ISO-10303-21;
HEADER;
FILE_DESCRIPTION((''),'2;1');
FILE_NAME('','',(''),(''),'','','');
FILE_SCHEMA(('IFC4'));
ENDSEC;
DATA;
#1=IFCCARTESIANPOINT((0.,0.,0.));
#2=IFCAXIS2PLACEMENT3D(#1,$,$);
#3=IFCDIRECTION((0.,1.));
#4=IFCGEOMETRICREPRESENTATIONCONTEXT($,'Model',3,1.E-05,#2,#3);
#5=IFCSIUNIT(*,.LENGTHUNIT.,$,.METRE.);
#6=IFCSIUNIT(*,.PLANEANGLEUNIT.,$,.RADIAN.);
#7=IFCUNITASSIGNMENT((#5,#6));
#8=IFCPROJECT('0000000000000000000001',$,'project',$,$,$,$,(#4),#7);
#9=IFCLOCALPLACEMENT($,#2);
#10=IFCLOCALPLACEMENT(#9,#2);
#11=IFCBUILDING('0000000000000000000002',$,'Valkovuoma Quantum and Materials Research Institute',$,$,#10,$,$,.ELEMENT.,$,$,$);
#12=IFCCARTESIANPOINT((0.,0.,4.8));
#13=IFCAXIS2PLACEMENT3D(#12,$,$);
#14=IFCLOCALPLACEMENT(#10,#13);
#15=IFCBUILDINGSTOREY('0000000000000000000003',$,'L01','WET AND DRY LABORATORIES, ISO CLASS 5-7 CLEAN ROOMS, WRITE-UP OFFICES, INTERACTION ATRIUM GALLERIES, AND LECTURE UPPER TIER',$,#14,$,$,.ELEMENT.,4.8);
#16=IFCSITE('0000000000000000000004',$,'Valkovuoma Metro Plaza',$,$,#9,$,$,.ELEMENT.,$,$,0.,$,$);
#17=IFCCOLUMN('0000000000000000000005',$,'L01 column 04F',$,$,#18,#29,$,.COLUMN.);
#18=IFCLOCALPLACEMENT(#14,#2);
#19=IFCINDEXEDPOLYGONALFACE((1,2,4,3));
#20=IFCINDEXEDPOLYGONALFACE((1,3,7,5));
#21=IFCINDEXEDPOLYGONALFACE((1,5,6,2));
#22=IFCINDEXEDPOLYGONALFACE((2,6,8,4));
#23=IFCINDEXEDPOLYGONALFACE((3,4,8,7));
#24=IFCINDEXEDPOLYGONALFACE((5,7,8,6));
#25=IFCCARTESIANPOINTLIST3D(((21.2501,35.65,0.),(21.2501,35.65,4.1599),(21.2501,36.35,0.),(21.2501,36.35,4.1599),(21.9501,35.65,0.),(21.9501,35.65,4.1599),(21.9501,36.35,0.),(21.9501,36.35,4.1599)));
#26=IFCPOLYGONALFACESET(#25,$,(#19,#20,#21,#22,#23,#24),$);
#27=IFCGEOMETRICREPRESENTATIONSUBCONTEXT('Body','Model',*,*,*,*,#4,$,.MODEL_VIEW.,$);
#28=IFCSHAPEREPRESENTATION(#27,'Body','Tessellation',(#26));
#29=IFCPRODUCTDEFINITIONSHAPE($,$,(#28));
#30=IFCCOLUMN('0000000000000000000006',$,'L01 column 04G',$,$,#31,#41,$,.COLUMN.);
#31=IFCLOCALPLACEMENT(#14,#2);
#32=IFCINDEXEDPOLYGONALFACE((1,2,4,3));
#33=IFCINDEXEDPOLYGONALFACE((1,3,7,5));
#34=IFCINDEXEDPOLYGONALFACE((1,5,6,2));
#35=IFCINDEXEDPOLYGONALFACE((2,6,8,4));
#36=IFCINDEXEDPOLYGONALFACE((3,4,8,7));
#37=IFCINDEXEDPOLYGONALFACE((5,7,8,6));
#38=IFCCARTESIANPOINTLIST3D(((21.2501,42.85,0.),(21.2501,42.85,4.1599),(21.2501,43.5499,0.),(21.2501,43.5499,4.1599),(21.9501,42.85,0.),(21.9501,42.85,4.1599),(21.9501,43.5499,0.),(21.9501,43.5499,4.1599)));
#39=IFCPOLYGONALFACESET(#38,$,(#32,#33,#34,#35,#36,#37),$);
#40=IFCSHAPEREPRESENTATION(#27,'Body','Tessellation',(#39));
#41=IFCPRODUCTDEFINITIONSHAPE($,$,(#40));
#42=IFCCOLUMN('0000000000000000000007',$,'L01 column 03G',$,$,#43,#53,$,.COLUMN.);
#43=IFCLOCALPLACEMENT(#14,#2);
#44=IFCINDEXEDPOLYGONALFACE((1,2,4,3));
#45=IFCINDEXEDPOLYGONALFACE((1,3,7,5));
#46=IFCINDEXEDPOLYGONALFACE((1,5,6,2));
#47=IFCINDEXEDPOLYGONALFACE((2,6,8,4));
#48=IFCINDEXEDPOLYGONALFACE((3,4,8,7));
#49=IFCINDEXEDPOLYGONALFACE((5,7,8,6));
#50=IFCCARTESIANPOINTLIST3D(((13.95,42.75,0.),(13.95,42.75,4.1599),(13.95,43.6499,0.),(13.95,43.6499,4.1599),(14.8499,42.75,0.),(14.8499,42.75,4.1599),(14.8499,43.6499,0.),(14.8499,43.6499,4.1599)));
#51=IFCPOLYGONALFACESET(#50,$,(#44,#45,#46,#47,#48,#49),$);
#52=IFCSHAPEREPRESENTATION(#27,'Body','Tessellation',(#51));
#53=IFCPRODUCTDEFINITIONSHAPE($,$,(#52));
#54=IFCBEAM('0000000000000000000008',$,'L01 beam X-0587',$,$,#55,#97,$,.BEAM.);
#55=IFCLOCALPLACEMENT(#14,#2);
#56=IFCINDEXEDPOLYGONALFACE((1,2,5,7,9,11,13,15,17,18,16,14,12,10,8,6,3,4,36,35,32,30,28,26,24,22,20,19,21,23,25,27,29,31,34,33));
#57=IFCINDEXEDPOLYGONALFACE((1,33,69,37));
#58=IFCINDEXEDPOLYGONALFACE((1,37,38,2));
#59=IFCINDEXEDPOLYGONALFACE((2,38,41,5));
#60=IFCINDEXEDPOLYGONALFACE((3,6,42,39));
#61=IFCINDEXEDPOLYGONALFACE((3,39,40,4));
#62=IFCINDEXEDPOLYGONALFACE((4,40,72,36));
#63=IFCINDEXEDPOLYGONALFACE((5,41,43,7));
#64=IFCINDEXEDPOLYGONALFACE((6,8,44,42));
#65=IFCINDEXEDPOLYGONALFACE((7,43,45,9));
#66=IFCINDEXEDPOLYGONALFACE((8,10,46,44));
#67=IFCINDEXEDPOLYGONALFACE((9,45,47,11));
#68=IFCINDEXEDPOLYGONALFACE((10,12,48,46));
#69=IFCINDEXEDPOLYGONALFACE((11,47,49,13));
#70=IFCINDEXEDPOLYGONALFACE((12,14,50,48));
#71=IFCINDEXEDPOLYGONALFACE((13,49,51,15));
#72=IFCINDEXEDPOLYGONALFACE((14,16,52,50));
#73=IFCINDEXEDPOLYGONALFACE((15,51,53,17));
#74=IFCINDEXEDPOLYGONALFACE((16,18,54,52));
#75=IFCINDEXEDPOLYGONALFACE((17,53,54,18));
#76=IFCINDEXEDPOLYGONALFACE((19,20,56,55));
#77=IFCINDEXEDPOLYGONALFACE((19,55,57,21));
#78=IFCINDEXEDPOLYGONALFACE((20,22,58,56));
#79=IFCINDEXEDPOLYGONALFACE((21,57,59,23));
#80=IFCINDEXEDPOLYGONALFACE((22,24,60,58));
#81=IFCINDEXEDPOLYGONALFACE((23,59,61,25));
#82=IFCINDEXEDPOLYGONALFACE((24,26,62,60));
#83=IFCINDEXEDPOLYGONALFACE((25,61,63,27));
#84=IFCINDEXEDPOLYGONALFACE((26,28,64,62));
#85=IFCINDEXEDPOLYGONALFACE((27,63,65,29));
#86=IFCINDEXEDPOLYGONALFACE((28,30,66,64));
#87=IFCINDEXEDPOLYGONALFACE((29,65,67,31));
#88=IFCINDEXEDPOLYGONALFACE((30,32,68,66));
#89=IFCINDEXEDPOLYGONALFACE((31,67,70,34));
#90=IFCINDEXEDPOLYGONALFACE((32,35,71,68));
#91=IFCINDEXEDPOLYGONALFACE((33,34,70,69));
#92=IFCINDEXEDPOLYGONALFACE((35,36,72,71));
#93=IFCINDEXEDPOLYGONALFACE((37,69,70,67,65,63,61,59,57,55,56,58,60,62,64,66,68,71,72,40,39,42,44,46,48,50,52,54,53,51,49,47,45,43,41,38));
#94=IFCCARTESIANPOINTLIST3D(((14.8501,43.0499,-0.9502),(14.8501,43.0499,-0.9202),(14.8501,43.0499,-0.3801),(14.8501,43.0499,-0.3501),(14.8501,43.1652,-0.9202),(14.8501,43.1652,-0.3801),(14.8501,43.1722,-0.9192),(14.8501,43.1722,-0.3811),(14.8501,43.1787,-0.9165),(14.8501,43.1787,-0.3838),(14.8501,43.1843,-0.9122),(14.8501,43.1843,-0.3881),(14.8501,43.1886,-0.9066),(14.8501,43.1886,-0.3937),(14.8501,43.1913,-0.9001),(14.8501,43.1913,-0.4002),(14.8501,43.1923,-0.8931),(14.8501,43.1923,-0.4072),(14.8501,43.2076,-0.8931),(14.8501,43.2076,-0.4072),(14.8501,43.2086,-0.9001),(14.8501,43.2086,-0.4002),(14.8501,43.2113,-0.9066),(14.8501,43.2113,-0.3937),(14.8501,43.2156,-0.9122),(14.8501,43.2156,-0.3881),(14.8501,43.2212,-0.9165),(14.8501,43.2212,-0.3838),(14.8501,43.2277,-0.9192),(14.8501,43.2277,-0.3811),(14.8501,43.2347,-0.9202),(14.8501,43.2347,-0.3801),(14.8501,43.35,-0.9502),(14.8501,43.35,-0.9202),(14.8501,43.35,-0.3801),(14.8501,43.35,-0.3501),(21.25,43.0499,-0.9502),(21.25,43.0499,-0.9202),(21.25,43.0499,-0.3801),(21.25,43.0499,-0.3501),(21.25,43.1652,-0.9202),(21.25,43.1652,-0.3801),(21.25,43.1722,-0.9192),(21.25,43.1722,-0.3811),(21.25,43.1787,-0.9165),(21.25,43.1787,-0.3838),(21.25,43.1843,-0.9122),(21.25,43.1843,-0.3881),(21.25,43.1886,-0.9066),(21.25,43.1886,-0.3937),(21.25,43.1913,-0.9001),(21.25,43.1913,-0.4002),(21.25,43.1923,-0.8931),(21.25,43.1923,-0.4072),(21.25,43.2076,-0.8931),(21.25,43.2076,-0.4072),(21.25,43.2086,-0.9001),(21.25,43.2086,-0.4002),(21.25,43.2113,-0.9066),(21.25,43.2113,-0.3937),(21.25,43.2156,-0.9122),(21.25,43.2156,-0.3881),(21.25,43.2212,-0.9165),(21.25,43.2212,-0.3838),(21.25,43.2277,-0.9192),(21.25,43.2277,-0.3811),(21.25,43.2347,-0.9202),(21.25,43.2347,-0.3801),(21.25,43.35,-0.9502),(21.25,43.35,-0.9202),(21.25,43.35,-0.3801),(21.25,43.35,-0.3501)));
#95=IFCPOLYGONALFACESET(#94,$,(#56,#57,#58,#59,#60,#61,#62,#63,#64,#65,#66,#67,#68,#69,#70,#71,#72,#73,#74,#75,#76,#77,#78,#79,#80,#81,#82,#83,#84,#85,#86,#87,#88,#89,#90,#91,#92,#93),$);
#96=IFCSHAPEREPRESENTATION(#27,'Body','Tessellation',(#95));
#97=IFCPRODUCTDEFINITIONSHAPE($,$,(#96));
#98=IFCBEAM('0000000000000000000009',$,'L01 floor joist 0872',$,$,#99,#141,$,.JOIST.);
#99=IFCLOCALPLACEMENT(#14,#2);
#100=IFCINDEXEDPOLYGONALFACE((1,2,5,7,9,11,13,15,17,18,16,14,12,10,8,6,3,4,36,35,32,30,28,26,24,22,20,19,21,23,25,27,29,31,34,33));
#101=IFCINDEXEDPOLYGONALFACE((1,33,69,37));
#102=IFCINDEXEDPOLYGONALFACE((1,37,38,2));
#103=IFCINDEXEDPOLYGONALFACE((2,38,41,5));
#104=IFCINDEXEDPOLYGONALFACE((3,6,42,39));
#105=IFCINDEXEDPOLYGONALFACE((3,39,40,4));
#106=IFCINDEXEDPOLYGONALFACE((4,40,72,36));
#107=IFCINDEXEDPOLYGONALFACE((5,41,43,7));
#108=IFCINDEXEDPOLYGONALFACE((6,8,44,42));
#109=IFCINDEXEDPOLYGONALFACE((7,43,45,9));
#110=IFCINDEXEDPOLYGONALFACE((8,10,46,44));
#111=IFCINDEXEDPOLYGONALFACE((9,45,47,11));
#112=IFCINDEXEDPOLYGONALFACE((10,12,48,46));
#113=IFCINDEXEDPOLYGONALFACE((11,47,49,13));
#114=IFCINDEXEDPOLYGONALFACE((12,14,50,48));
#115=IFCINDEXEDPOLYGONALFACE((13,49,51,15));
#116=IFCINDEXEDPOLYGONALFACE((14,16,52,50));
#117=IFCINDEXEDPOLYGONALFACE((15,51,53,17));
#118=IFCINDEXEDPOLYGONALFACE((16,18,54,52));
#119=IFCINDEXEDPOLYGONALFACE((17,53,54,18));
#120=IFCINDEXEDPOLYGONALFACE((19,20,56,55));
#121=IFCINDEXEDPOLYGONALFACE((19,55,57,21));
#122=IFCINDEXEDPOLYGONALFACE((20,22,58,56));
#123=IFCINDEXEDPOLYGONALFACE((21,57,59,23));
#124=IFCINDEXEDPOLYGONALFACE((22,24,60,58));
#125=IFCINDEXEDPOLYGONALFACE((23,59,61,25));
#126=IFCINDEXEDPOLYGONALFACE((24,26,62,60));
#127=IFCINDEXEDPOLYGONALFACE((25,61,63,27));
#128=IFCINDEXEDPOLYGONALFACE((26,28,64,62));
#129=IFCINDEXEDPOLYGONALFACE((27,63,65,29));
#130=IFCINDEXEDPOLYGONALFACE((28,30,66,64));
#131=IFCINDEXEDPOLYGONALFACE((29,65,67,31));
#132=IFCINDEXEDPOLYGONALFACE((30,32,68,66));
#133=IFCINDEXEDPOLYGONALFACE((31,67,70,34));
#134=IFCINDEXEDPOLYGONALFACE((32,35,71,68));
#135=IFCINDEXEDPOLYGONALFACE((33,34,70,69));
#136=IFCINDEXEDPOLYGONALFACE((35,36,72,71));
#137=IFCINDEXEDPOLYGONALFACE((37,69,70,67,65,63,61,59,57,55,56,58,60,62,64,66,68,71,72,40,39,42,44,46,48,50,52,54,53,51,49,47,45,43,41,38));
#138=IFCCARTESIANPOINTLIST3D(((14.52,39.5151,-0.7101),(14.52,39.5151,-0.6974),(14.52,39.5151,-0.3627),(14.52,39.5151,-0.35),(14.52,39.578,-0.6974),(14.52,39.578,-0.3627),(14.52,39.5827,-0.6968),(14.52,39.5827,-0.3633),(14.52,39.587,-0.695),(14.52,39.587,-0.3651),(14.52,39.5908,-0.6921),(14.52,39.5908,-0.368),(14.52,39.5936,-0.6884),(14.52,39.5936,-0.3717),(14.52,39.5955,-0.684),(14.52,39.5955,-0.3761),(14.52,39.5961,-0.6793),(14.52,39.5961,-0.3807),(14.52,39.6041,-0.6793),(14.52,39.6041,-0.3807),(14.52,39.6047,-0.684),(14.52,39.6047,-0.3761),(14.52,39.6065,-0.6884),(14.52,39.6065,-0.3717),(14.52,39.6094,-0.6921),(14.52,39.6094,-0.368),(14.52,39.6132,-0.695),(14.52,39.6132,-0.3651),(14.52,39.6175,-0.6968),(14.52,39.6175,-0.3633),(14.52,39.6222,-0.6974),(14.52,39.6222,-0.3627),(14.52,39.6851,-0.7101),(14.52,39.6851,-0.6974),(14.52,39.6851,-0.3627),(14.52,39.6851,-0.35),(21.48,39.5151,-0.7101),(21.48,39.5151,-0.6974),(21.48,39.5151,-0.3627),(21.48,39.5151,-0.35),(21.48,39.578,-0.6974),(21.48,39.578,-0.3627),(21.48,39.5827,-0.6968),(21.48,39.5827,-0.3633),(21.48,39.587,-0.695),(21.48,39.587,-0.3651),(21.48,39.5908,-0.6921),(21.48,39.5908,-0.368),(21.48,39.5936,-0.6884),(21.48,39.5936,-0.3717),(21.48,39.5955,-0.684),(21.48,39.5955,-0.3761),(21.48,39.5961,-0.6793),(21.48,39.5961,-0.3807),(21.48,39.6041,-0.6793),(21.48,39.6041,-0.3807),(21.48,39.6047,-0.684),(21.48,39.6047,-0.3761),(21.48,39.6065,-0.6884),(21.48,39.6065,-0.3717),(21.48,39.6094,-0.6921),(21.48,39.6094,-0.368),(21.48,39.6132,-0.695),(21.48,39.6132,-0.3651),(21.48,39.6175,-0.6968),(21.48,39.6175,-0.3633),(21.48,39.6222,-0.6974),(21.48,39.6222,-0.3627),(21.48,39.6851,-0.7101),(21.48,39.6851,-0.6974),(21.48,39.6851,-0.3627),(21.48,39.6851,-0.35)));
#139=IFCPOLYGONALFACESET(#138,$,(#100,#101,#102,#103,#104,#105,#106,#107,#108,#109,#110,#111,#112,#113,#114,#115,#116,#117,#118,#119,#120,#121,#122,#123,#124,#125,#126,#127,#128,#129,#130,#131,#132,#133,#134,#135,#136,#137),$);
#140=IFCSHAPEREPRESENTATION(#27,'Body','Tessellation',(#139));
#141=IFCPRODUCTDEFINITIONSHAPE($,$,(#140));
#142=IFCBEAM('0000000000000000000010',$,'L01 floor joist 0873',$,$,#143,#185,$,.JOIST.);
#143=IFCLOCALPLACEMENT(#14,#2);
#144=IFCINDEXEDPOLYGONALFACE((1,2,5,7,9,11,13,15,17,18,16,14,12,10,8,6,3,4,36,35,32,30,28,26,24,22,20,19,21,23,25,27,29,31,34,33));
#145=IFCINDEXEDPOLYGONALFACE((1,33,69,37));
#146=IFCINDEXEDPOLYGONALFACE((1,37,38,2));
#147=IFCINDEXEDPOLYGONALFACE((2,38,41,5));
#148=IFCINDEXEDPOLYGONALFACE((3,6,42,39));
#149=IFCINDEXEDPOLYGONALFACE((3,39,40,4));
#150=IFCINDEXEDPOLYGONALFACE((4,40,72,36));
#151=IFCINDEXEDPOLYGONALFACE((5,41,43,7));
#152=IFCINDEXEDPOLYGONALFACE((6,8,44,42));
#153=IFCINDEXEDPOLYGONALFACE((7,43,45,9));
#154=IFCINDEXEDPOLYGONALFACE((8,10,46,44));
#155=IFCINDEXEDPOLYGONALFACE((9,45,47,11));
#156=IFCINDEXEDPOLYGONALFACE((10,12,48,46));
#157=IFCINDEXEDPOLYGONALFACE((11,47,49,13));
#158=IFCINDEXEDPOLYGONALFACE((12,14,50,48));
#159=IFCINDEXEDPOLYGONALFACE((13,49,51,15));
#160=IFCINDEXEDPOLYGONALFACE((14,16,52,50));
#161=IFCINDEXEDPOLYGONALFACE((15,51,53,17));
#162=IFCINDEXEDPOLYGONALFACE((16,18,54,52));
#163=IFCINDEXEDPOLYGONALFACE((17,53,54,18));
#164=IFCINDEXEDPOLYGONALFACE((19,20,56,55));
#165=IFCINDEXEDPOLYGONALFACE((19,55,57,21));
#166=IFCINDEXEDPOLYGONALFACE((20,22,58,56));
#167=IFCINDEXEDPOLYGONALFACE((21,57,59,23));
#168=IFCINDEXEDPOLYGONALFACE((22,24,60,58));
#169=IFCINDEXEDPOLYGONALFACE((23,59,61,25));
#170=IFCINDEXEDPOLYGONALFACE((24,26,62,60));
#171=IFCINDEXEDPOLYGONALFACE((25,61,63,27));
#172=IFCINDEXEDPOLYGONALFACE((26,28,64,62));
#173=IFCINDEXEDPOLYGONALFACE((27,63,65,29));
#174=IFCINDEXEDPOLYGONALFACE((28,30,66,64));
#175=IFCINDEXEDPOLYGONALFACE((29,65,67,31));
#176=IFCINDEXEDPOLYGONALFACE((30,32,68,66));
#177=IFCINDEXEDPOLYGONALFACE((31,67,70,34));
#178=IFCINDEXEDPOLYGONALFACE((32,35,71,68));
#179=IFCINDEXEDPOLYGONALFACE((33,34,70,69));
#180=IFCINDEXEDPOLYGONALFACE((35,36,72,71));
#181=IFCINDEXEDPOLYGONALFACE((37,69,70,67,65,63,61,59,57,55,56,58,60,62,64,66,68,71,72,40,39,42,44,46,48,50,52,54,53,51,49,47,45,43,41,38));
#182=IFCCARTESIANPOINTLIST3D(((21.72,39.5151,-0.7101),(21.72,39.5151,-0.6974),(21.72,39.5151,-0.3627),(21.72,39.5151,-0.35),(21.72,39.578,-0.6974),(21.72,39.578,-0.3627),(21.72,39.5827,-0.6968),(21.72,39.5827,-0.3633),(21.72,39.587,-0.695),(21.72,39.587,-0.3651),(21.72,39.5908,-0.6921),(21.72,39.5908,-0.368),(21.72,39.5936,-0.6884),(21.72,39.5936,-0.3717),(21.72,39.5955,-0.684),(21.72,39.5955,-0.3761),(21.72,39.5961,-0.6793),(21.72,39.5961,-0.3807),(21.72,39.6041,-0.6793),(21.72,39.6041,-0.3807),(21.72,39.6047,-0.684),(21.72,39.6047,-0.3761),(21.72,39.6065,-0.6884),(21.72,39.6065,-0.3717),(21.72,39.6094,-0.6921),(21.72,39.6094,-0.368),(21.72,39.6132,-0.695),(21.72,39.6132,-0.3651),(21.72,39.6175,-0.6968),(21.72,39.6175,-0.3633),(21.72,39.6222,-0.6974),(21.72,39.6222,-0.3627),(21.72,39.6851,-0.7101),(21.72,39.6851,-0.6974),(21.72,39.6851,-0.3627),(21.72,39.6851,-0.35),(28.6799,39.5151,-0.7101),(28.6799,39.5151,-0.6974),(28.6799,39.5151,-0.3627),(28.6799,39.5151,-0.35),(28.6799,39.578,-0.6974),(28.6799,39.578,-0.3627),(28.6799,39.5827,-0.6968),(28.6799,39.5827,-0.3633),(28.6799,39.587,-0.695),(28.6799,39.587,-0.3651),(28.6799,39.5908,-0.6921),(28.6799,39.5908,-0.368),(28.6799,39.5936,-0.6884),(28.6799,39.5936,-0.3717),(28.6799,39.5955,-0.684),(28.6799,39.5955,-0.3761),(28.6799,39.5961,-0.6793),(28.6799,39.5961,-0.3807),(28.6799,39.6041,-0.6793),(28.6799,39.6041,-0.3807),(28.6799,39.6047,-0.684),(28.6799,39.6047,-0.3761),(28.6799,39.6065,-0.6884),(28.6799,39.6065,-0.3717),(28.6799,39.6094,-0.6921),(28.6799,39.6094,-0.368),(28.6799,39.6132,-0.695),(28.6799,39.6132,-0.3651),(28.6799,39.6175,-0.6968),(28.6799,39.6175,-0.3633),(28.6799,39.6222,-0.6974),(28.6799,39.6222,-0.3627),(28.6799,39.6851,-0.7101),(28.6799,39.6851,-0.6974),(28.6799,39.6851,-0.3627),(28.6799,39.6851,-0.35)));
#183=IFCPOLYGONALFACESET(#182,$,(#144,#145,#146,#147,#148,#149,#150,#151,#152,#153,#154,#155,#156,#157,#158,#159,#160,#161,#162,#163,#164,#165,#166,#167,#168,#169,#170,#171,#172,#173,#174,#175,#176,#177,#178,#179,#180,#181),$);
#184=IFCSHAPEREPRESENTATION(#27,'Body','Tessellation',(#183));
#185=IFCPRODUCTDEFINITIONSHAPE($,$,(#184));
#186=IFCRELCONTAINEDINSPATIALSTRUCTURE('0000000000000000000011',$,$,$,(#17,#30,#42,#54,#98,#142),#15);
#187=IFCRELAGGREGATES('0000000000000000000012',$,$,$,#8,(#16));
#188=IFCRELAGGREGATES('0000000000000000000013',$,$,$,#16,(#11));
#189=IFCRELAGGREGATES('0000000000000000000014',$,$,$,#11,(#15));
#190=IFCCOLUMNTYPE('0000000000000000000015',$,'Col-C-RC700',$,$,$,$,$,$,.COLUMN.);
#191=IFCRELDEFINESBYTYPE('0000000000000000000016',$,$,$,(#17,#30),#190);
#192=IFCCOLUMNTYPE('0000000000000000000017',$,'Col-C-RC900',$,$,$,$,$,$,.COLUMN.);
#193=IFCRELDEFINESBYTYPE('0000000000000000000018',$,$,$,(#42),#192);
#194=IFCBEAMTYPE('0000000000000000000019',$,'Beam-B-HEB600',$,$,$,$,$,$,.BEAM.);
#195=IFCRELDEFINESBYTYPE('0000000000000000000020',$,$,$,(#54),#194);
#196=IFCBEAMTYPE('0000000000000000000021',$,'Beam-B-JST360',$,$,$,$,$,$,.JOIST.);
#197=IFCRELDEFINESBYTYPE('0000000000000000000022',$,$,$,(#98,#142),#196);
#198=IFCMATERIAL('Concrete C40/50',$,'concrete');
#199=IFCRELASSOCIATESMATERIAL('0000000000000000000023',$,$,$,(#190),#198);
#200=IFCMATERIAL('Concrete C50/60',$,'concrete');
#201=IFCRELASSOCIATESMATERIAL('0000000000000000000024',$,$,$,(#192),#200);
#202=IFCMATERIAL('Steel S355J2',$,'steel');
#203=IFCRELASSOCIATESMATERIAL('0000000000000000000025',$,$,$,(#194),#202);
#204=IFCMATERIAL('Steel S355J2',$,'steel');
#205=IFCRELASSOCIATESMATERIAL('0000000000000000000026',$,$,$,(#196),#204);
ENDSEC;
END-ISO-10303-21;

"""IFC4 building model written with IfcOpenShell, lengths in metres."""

from ifc_helpers import new_model, si_unit, direction, frame, origin, origin_2d, place, context, subcontext, project, spatial, rectangle, i_section, extrude, material, material_profile, profile_set, type_object, element, save


model = new_model("IFC4")

# Units and contexts
model_context = context("Model", 3, precision=1e-05, world=origin(), true_north=direction((0.0, 1.0)))
body_context = subcontext(model_context, "Body", "Model", "MODEL_VIEW")
ifc_project = project(units=[si_unit("LENGTHUNIT", "METRE"), si_unit("PLANEANGLEUNIT", "RADIAN")], contexts=[model_context])

# Site, building, storey
site_placement = place(None, origin())
site = spatial("IfcSite", under=ifc_project, at=site_placement, Name="Valkovuoma Metro Plaza", CompositionType="ELEMENT", RefElevation=0.0)
building_placement = place(site_placement, origin())
building = spatial("IfcBuilding", under=site, at=building_placement, Name="Valkovuoma Quantum and Materials Research Institute", CompositionType="ELEMENT")
storey_placement = place(building_placement, frame((0.0, 0.0, 4.8)))
storey = spatial("IfcBuildingStorey", under=building, at=storey_placement, Name="L01", Description="WET AND DRY LABORATORIES, ISO CLASS 5-7 CLEAN ROOMS, WRITE-UP OFFICES, INTERACTION ATRIUM GALLERIES, AND LECTURE UPPER TIER", CompositionType="ELEMENT", Elevation=4.8)

# Columns
ifc_material_1 = material(Name="Concrete C40/50", Category="concrete")
ifc_material_profile_1 = material_profile(ifc_material_1, rectangle(XDim=0.7, YDim=0.7, at=origin_2d()), Name="Concrete C40/50")
ifc_profile_set_1 = profile_set([ifc_material_profile_1], Name="Concrete C40/50")
column_type_1 = type_object("IfcColumnType", Name="Col-C-RC700", PredefinedType="COLUMN", material=ifc_profile_set_1)
for number, where, z_axis, x_axis, name in (
    (1, (21.6001, 36.0, 0.0), (0.0, 0.0, 1.0), (1.0, 0.0, 0.0), "L01 column 04F"),
    (2, (21.6001, 43.2, 0.0), (0.0, 0.0, 1.0), (1.0, 0.0, 0.0), "L01 column 04G"),
):
    element("IfcColumn", number, at=place(storey_placement, frame(where, z_axis=z_axis, x_axis=x_axis)), inside=storey, type_object=column_type_1, Name=name, PredefinedType="COLUMN", context=body_context, shape_type="SweptSolid", body=[
        extrude(rectangle(XDim=0.7, YDim=0.7, at=origin_2d()), origin(), (0.0, 0.0, 1.0), 4.1599),
    ])
ifc_material_2 = material(Name="Concrete C50/60", Category="concrete")
ifc_material_profile_2 = material_profile(ifc_material_2, rectangle(XDim=0.8999, YDim=0.8999, at=origin_2d()), Name="Concrete C50/60")
ifc_profile_set_2 = profile_set([ifc_material_profile_2], Name="Concrete C50/60")
column_type_2 = type_object("IfcColumnType", Name="Col-C-RC900", PredefinedType="COLUMN", material=ifc_profile_set_2)
column_placement = place(storey_placement, frame((14.3999, 43.2, 0.0), z_axis=(0.0, 0.0, 1.0), x_axis=(1.0, 0.0, 0.0)))
element("IfcColumn", 3, at=column_placement, inside=storey, type_object=column_type_2, Name="L01 column 03G", PredefinedType="COLUMN", context=body_context, shape_type="SweptSolid", body=[
    extrude(rectangle(XDim=0.8999, YDim=0.8999, at=origin_2d()), origin(), (0.0, 0.0, 1.0), 4.1599),
])

# Beams
ifc_material_3 = material(Name="Steel S355J2", Category="steel")
ifc_material_profile_3 = material_profile(ifc_material_3, i_section(OverallWidth=0.3, OverallDepth=0.6001, WebThickness=0.0154, FlangeThickness=0.03, FilletRadius=0.0271, at=origin_2d()), Name="Steel S355J2")
ifc_profile_set_3 = profile_set([ifc_material_profile_3], Name="Steel S355J2")
beam_type_1 = type_object("IfcBeamType", Name="Beam-B-HEB600", PredefinedType="BEAM", material=ifc_profile_set_3)
beam_1_placement = place(storey_placement, frame((14.8501, 43.2, -0.6501), z_axis=(1.0, 0.0, 0.0), x_axis=(0.0, 1.0, 0.0)))
element("IfcBeam", 4, at=beam_1_placement, inside=storey, type_object=beam_type_1, Name="L01 beam X-0587", PredefinedType="BEAM", context=body_context, shape_type="SweptSolid", body=[
    extrude(i_section(OverallWidth=0.3, OverallDepth=0.6001, WebThickness=0.0154, FlangeThickness=0.03, FilletRadius=0.0271, at=origin_2d()), origin(), (0.0, 0.0, 1.0), 6.3999),
])
ifc_material_4 = material(Name="Steel S355J2", Category="steel")
ifc_material_profile_4 = material_profile(ifc_material_4, i_section(OverallWidth=0.1699, OverallDepth=0.3601, WebThickness=0.0081, FlangeThickness=0.0127, FilletRadius=0.0181, at=origin_2d()), Name="Steel S355J2")
ifc_profile_set_4 = profile_set([ifc_material_profile_4], Name="Steel S355J2")
beam_type_2 = type_object("IfcBeamType", Name="Beam-B-JST360", PredefinedType="JOIST", material=ifc_profile_set_4)
for number, where, z_axis, x_axis, name in (
    (5, (14.52, 39.6001, -0.53), (1.0, 0.0, 0.0), (0.0, 1.0, 0.0), "L01 floor joist 0872"),
    (6, (21.72, 39.6001, -0.53), (1.0, 0.0, 0.0), (0.0, 1.0, 0.0), "L01 floor joist 0873"),
):
    element("IfcBeam", number, at=place(storey_placement, frame(where, z_axis=z_axis, x_axis=x_axis)), inside=storey, type_object=beam_type_2, Name=name, PredefinedType="JOIST", context=body_context, shape_type="SweptSolid", body=[
        extrude(i_section(OverallWidth=0.1699, OverallDepth=0.3601, WebThickness=0.0081, FlangeThickness=0.0127, FilletRadius=0.0181, at=origin_2d()), origin(), (0.0, 0.0, 1.0), 6.96),
    ])

save(model, "model.ifc")
